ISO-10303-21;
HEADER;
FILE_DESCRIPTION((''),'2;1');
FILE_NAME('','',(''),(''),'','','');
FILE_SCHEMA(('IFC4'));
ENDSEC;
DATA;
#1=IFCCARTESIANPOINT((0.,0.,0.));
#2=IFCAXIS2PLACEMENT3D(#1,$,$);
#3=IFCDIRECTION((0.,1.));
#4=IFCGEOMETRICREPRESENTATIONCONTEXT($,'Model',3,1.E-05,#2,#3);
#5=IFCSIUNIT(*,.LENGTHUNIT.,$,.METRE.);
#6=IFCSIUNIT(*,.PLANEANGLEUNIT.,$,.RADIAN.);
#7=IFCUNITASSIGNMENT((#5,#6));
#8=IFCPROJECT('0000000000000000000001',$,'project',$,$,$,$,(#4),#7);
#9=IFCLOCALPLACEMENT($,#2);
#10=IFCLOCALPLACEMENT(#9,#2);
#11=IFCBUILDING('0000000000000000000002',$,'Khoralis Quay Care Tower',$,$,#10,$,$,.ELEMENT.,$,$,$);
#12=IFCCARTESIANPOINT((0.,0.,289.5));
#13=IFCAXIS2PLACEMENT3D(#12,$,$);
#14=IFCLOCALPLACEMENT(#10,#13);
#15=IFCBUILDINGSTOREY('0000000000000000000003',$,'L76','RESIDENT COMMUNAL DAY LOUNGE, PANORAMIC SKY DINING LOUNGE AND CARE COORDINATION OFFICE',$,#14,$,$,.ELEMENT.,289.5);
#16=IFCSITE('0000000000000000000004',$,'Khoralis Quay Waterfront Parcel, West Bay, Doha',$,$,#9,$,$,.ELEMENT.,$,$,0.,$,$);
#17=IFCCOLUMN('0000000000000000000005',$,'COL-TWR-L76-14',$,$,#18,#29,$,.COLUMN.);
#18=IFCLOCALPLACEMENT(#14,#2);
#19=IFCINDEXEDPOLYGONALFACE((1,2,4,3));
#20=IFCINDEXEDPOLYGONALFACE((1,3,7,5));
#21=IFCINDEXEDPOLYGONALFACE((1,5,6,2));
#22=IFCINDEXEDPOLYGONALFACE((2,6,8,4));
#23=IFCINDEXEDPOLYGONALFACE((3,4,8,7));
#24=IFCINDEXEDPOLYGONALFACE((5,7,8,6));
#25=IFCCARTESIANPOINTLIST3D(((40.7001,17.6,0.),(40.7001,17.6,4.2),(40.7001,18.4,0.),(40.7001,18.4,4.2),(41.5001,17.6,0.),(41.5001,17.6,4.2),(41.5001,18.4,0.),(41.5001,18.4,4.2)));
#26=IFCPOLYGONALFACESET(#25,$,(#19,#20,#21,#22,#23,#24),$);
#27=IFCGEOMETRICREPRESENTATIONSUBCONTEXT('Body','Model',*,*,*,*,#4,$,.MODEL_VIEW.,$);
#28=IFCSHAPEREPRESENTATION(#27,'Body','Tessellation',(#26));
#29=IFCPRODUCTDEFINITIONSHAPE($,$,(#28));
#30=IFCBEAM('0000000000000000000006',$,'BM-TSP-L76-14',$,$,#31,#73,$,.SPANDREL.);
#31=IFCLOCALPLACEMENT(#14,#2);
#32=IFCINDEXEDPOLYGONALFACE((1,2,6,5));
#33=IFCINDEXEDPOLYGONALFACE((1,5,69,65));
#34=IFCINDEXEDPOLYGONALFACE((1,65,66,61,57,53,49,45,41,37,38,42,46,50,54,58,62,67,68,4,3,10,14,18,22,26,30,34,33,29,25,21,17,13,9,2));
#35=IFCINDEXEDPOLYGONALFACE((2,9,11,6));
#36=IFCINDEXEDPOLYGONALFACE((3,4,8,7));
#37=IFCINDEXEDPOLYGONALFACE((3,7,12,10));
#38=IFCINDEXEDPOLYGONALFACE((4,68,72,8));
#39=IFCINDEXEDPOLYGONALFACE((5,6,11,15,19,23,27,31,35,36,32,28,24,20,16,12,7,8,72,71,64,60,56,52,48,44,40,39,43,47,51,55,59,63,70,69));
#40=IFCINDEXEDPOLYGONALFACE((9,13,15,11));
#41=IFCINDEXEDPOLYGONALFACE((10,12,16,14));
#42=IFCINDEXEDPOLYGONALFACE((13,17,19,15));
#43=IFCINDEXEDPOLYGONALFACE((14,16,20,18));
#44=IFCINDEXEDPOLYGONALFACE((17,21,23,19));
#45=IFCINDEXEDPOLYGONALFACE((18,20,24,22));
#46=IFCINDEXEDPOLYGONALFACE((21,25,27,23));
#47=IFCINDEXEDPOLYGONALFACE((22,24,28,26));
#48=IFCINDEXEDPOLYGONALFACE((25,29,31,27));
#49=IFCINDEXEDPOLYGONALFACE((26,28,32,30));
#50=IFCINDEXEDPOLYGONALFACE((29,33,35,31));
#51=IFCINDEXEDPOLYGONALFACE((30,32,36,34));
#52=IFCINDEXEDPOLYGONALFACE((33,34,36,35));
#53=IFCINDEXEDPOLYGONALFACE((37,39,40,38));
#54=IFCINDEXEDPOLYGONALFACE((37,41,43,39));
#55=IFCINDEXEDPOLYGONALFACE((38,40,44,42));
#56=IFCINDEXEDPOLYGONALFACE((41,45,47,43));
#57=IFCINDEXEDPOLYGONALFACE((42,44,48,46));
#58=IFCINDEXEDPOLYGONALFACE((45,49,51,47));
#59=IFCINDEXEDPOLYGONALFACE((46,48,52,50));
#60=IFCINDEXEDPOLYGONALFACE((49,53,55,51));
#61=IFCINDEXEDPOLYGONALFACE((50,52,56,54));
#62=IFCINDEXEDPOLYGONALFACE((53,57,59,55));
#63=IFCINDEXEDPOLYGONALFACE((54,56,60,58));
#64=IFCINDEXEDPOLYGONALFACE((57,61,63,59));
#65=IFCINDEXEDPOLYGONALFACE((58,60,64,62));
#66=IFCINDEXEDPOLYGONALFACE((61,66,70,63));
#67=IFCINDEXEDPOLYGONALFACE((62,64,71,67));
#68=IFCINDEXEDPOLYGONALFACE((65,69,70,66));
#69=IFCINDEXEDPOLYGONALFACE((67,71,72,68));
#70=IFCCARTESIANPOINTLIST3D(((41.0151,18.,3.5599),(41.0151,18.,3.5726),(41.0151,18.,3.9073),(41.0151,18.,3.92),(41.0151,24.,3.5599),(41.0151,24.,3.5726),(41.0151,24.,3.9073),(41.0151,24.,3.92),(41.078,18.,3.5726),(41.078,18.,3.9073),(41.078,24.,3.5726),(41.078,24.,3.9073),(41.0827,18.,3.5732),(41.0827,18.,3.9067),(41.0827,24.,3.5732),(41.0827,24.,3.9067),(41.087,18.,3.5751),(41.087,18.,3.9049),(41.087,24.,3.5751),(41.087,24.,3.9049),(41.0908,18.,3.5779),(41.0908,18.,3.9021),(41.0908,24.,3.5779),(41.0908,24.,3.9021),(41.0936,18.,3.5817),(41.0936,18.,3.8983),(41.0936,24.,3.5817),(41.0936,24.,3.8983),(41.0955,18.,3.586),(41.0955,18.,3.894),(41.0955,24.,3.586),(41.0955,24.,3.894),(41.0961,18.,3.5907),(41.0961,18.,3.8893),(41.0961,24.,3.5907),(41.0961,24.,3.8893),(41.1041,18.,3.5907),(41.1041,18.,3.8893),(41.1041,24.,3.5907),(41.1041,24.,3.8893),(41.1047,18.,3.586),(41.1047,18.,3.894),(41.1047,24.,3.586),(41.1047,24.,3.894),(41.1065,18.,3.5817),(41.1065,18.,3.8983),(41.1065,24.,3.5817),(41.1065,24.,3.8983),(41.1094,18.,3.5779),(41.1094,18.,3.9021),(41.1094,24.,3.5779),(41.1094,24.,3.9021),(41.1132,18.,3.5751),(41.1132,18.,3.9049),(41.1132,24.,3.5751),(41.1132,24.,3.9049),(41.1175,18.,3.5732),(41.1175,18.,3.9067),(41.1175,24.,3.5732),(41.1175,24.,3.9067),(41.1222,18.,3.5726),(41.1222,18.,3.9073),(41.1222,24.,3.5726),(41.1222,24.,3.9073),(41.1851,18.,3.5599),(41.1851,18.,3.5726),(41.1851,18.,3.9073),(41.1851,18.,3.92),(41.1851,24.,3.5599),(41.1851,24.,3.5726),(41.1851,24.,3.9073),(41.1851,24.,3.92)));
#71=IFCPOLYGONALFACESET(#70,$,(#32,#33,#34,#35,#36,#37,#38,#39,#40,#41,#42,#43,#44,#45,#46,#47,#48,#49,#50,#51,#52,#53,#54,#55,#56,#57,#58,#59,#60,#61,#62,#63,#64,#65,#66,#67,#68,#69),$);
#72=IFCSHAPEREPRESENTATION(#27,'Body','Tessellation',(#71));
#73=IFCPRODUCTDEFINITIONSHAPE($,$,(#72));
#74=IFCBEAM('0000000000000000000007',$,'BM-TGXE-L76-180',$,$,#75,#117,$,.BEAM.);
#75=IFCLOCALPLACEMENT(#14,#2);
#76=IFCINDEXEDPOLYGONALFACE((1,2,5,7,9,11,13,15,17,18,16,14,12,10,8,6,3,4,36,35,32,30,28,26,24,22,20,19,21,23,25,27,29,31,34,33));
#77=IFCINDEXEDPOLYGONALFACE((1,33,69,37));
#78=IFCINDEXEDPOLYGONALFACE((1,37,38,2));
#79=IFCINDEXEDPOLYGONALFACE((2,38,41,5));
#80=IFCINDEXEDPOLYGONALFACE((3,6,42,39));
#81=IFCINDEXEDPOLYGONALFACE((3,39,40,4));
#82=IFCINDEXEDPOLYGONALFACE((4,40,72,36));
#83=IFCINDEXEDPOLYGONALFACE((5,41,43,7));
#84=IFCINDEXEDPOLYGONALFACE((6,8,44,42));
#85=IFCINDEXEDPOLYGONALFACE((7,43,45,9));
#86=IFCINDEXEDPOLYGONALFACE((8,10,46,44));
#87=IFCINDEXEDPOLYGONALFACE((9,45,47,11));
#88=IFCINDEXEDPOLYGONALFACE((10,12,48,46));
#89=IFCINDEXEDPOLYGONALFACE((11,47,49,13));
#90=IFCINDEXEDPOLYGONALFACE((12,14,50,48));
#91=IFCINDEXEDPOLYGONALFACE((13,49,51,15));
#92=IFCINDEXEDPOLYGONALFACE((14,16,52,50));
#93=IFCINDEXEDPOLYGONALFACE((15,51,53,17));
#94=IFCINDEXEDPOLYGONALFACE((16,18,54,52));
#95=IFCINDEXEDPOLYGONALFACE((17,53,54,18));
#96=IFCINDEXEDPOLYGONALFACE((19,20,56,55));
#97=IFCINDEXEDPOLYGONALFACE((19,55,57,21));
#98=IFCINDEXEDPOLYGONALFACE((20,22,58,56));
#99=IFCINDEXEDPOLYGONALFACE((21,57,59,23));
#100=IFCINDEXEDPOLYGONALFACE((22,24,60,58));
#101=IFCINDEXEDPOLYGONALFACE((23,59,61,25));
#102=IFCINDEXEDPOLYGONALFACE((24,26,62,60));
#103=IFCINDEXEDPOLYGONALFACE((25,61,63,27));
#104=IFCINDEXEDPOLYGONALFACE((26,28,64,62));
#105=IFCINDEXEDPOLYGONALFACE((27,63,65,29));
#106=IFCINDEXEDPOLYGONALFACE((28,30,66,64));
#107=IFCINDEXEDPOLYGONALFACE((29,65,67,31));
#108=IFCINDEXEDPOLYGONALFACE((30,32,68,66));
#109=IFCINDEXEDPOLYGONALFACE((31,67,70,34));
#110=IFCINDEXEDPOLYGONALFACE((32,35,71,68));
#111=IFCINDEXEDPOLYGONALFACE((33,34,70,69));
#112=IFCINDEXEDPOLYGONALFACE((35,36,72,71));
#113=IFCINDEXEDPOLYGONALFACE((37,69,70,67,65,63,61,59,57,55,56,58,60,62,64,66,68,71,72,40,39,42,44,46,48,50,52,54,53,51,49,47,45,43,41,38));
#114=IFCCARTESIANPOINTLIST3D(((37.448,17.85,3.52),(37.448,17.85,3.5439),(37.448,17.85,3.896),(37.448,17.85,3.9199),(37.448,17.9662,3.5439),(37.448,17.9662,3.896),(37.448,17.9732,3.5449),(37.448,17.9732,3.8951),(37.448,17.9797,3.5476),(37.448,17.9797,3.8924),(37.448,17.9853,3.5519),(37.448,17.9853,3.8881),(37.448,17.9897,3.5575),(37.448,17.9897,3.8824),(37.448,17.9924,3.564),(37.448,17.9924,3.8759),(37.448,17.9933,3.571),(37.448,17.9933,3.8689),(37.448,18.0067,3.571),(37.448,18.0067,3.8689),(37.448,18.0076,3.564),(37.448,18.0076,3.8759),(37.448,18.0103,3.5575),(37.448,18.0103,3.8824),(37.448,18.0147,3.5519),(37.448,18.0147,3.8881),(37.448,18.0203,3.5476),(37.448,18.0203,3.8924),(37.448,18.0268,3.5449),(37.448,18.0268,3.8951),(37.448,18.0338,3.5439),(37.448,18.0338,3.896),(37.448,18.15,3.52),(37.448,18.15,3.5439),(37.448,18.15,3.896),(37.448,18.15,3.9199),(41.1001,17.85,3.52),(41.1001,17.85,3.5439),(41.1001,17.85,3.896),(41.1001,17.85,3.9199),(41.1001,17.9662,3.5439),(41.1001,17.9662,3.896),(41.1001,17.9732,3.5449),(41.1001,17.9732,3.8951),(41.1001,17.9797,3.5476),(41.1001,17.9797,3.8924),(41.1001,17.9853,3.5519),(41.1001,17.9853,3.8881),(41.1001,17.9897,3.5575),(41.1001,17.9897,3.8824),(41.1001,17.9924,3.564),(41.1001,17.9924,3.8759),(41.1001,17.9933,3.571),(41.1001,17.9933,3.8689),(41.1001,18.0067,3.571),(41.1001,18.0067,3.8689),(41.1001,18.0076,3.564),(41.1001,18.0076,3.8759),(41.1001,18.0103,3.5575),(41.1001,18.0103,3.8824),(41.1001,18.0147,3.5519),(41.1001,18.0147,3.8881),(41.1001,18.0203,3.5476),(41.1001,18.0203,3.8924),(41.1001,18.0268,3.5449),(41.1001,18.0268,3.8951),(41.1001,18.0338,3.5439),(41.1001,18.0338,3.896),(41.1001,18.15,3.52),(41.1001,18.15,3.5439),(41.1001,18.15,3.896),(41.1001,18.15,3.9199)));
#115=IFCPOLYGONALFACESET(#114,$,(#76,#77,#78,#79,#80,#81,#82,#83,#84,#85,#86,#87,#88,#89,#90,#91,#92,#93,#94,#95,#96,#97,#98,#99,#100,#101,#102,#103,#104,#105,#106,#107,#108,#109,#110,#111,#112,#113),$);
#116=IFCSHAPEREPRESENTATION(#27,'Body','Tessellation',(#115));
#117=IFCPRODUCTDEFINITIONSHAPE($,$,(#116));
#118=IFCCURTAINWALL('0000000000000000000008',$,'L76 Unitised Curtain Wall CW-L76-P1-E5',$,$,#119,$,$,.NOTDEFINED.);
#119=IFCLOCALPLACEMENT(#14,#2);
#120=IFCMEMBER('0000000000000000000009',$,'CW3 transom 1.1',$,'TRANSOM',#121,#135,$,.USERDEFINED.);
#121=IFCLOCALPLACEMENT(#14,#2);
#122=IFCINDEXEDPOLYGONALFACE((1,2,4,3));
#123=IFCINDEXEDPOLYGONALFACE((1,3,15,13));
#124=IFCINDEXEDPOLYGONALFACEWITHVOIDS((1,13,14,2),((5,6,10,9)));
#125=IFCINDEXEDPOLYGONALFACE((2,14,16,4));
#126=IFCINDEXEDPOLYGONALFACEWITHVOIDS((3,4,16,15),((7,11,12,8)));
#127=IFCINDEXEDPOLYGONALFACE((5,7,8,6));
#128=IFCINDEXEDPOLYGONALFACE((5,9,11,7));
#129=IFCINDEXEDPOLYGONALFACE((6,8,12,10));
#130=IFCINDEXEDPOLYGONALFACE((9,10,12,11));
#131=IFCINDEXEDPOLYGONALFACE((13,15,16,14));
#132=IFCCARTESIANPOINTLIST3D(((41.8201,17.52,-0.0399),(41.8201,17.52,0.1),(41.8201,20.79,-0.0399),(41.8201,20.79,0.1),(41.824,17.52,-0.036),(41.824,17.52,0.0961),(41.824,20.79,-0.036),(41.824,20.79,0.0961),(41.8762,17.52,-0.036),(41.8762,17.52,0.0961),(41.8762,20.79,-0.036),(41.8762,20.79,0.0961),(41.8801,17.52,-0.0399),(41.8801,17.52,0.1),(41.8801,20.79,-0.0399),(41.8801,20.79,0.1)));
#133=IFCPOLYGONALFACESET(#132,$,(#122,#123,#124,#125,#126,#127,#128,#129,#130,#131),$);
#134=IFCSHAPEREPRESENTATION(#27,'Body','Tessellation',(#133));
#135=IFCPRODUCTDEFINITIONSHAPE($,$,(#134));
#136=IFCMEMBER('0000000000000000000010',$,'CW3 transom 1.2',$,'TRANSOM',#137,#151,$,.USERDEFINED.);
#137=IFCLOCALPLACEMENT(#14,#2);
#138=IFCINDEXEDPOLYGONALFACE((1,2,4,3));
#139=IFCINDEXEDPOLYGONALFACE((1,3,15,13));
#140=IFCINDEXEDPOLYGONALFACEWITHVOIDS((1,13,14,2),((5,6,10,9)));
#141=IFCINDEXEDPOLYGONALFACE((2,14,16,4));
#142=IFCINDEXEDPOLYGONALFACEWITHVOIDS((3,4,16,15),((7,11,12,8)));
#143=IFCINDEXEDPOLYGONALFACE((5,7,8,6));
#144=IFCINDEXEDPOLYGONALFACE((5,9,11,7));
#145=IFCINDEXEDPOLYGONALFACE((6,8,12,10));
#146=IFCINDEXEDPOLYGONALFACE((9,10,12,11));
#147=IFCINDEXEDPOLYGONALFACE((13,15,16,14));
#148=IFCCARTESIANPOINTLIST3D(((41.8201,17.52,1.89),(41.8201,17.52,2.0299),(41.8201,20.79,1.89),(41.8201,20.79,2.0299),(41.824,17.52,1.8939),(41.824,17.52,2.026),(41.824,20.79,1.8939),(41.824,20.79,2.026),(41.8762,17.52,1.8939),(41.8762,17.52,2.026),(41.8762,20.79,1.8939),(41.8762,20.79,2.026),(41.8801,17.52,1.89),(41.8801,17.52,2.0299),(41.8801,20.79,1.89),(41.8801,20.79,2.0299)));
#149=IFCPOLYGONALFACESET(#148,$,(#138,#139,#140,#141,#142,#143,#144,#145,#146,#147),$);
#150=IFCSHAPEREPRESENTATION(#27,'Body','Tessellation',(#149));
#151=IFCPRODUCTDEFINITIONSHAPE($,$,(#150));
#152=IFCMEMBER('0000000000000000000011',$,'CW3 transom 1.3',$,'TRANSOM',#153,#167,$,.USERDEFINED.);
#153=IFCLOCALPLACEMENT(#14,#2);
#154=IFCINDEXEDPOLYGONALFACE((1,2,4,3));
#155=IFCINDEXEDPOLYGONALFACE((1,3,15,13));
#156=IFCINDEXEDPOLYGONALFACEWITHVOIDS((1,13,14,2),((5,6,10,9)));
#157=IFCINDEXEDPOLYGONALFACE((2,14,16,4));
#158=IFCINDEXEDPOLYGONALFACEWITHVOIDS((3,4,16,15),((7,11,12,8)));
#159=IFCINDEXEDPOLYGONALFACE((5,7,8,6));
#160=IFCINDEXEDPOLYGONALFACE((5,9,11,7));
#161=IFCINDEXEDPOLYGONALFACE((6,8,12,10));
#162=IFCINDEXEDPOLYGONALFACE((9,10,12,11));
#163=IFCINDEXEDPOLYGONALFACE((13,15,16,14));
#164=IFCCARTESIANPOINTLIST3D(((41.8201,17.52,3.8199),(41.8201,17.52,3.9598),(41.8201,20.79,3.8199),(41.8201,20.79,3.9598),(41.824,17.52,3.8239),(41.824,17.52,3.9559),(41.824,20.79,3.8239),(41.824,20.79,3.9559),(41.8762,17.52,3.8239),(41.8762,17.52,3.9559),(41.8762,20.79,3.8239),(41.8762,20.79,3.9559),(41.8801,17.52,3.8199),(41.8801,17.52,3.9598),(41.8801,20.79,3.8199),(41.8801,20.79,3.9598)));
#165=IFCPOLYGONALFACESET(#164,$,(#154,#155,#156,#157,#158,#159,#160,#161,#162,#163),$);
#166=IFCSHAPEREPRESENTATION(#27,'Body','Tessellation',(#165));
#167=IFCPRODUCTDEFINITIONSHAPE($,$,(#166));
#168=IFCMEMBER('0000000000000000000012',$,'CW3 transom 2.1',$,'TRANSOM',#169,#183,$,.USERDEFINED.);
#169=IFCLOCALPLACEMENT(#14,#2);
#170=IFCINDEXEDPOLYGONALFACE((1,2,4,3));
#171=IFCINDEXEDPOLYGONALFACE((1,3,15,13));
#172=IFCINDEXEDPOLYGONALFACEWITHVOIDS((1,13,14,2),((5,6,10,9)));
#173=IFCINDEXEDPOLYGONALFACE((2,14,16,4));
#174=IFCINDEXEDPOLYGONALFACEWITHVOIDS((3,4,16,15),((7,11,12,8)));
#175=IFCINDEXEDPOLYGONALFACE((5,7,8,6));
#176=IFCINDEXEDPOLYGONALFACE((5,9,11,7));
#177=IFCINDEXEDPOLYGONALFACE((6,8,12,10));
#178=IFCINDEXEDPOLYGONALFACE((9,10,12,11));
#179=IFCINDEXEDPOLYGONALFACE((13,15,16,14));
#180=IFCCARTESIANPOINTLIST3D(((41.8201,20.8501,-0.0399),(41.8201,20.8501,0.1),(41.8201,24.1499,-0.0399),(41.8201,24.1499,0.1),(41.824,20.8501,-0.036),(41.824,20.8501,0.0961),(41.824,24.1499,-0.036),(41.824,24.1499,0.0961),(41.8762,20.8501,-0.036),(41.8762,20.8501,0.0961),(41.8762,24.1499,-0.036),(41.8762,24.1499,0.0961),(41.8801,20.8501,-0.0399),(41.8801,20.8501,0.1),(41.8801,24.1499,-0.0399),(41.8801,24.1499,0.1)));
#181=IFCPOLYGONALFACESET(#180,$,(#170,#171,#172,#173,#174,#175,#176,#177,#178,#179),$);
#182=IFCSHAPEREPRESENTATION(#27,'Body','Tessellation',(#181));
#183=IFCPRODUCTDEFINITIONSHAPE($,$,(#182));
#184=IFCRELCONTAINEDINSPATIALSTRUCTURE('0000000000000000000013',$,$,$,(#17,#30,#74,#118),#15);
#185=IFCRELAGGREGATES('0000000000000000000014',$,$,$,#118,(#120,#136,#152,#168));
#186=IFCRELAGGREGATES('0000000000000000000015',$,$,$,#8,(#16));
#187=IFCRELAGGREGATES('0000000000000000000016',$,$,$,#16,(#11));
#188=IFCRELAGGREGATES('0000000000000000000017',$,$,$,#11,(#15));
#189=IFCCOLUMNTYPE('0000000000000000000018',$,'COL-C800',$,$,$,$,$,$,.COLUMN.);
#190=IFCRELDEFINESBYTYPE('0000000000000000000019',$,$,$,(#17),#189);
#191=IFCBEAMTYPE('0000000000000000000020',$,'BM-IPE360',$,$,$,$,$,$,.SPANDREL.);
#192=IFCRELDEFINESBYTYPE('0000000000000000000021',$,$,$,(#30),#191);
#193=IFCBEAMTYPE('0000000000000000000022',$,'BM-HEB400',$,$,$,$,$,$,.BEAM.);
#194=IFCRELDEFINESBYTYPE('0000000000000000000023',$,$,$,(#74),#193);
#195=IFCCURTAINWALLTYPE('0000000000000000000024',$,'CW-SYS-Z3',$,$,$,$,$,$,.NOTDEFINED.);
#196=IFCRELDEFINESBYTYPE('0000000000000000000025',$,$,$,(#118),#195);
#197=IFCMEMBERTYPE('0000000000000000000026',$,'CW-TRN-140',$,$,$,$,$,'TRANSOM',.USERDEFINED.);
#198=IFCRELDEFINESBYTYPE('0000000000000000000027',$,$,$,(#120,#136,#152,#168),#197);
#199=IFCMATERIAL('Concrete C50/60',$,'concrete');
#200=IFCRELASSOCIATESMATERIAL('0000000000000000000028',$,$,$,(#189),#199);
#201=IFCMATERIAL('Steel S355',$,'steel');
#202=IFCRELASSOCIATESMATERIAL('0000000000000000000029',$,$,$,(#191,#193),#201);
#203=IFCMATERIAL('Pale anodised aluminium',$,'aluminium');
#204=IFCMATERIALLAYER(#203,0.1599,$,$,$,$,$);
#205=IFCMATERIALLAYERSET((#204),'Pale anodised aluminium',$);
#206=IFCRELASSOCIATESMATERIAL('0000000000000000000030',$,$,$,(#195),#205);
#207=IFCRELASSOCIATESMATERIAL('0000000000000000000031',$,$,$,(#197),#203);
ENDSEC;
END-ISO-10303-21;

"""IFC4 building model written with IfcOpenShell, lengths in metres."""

from ifc_helpers import new_model, si_unit, direction, frame, origin, origin_2d, place, context, subcontext, project, spatial, rectangle, hollow_rectangle, i_section, extrude, source, transform, mapped, material, layer, layer_set, material_profile, profile_set, type_object, element, aggregate, save


model = new_model("IFC4")

# Units and contexts
model_context = context("Model", 3, precision=1e-05, world=origin(), true_north=direction((0.0, 1.0)))
body_context = subcontext(model_context, "Body", "Model", "MODEL_VIEW")
ifc_project = project(units=[si_unit("LENGTHUNIT", "METRE"), si_unit("PLANEANGLEUNIT", "RADIAN")], contexts=[model_context])

# Site, building, storey
site_placement = place(None, origin())
site = spatial("IfcSite", under=ifc_project, at=site_placement, Name="Khoralis Quay Waterfront Parcel, West Bay, Doha", CompositionType="ELEMENT", RefElevation=0.0)
building_placement = place(site_placement, origin())
building = spatial("IfcBuilding", under=site, at=building_placement, Name="Khoralis Quay Care Tower", CompositionType="ELEMENT")
storey_placement = place(building_placement, frame((0.0, 0.0, 289.5)))
storey = spatial("IfcBuildingStorey", under=building, at=storey_placement, Name="L76", Description="RESIDENT COMMUNAL DAY LOUNGE, PANORAMIC SKY DINING LOUNGE AND CARE COORDINATION OFFICE", CompositionType="ELEMENT", Elevation=289.5)

# Column
ifc_material_1 = material(Name="Concrete C50/60", Category="concrete")
ifc_material_profile_1 = material_profile(ifc_material_1, rectangle(XDim=0.8, YDim=0.8, at=origin_2d()), Name="Concrete C50/60")
ifc_profile_set_1 = profile_set([ifc_material_profile_1], Name="Concrete C50/60")
column_type = type_object("IfcColumnType", Name="COL-C800", PredefinedType="COLUMN", material=ifc_profile_set_1)
shared_shape_1 = source(origin(), body_context, "Body", "SweptSolid", [
    extrude(rectangle(XDim=0.8, YDim=0.8, at=origin_2d()), origin(), (0.0, 0.0, 1.0), 4.2),
])
column_placement = place(storey_placement, frame((41.1001, 18.0, 0.0), z_axis=(0.0, 0.0, 1.0), x_axis=(1.0, 0.0, 0.0)))
element("IfcColumn", 1, at=column_placement, inside=storey, type_object=column_type, Name="COL-TWR-L76-14", PredefinedType="COLUMN", context=body_context, shape_type="MappedRepresentation", body=[
    mapped(shared_shape_1, transform((0.0, 0.0, 0.0), scale=1.0)),
])

# Beams
ifc_material_2 = material(Name="Steel S355", Category="steel")
ifc_material_profile_2 = material_profile(ifc_material_2, i_section(OverallWidth=0.1699, OverallDepth=0.3601, WebThickness=0.0081, FlangeThickness=0.0127, FilletRadius=0.0181, at=origin_2d()), Name="Steel S355")
ifc_profile_set_2 = profile_set([ifc_material_profile_2], Name="Steel S355")
beam_type_1 = type_object("IfcBeamType", Name="BM-IPE360", PredefinedType="SPANDREL", material=ifc_profile_set_2)
shared_shape_2 = source(origin(), body_context, "Body", "SweptSolid", [
    extrude(i_section(OverallWidth=0.1699, OverallDepth=0.3601, WebThickness=0.0081, FlangeThickness=0.0127, FilletRadius=0.0181, at=origin_2d()), origin(), (0.0, 0.0, 1.0), 6.0),
])
beam_1_placement = place(storey_placement, frame((41.1001, 18.0, 3.74), z_axis=(0.0, 1.0, 0.0), x_axis=(-1.0, 0.0, 0.0)))
element("IfcBeam", 2, at=beam_1_placement, inside=storey, type_object=beam_type_1, Name="BM-TSP-L76-14", PredefinedType="SPANDREL", context=body_context, shape_type="MappedRepresentation", body=[
    mapped(shared_shape_2, transform((0.0, 0.0, 0.0), scale=1.0)),
])
ifc_material_profile_3 = material_profile(ifc_material_2, i_section(OverallWidth=0.3, OverallDepth=0.3999, WebThickness=0.0134, FlangeThickness=0.0239, FilletRadius=0.0271, at=origin_2d()), Name="Steel S355")
ifc_profile_set_3 = profile_set([ifc_material_profile_3], Name="Steel S355")
beam_type_2 = type_object("IfcBeamType", Name="BM-HEB400", PredefinedType="BEAM", material=ifc_profile_set_3)
shared_shape_3 = source(origin(), body_context, "Body", "SweptSolid", [
    extrude(i_section(OverallWidth=0.3, OverallDepth=0.3999, WebThickness=0.0134, FlangeThickness=0.0239, FilletRadius=0.0271, at=origin_2d()), origin(), (0.0, 0.0, 1.0), 3.6521),
])
beam_2_placement = place(storey_placement, frame((37.448, 18.0, 3.72), z_axis=(1.0, 0.0, 0.0), x_axis=(0.0, 1.0, 0.0)))
element("IfcBeam", 3, at=beam_2_placement, inside=storey, type_object=beam_type_2, Name="BM-TGXE-L76-180", PredefinedType="BEAM", context=body_context, shape_type="MappedRepresentation", body=[
    mapped(shared_shape_3, transform((0.0, 0.0, 0.0), scale=1.0)),
])

# Curtain wall, members
ifc_material_3 = material(Name="Pale anodised aluminium", Category="aluminium")
ifc_layer_1 = layer(ifc_material_3, 0.1599)
ifc_layer_set_1 = layer_set([ifc_layer_1], Name="Pale anodised aluminium")
curtain_wall_type = type_object("IfcCurtainWallType", Name="CW-SYS-Z3", PredefinedType="NOTDEFINED", material=ifc_layer_set_1)
curtain_wall_placement = place(storey_placement, origin())
curtain_wall = element("IfcCurtainWall", 4, at=curtain_wall_placement, inside=storey, type_object=curtain_wall_type, Name="L76 Unitised Curtain Wall CW-L76-P1-E5", PredefinedType="NOTDEFINED")
ifc_material_profile_4 = material_profile(ifc_material_3, hollow_rectangle(XDim=0.0601, YDim=0.1399, WallThickness=0.0039, at=origin_2d()), Name="Pale anodised aluminium")
ifc_profile_set_4 = profile_set([ifc_material_profile_4], Name="Pale anodised aluminium")
member_type_1 = type_object("IfcMemberType", Name="CW-TRN-140", ElementType="TRANSOM", PredefinedType="USERDEFINED", material=ifc_profile_set_4)
shared_shape_4 = source(origin(), body_context, "Body", "SweptSolid", [
    extrude(hollow_rectangle(XDim=0.0601, YDim=0.1399, WallThickness=0.0039, at=origin_2d()), origin(), (0.0, 0.0, 1.0), 3.27),
])
member_1_placement = place(storey_placement, frame((41.8501, 17.52, 0.03), z_axis=(0.0, 1.0, 0.0), x_axis=(-1.0, 0.0, 0.0)))
member_1 = element("IfcMember", 5, at=member_1_placement, type_object=member_type_1, Name="CW3 transom 1.1", ObjectType="TRANSOM", PredefinedType="USERDEFINED", context=body_context, shape_type="MappedRepresentation", body=[
    mapped(shared_shape_4, transform((0.0, 0.0, 0.0), scale=1.0)),
])
member_2_placement = place(storey_placement, frame((41.8501, 17.52, 1.96), z_axis=(0.0, 1.0, 0.0), x_axis=(-1.0, 0.0, 0.0)))
member_2 = element("IfcMember", 6, at=member_2_placement, type_object=member_type_1, Name="CW3 transom 1.2", ObjectType="TRANSOM", PredefinedType="USERDEFINED", context=body_context, shape_type="MappedRepresentation", body=[
    mapped(shared_shape_4, transform((0.0, 0.0, 0.0), scale=1.0)),
])
member_3_placement = place(storey_placement, frame((41.8501, 17.52, 3.8899), z_axis=(0.0, 1.0, 0.0), x_axis=(-1.0, 0.0, 0.0)))
member_3 = element("IfcMember", 7, at=member_3_placement, type_object=member_type_1, Name="CW3 transom 1.3", ObjectType="TRANSOM", PredefinedType="USERDEFINED", context=body_context, shape_type="MappedRepresentation", body=[
    mapped(shared_shape_4, transform((0.0, 0.0, 0.0), scale=1.0)),
])
shared_shape_5 = source(origin(), body_context, "Body", "SweptSolid", [
    extrude(hollow_rectangle(XDim=0.0601, YDim=0.1399, WallThickness=0.0039, at=origin_2d()), origin(), (0.0, 0.0, 1.0), 3.2998),
])
member_4_placement = place(storey_placement, frame((41.8501, 20.8501, 0.03), z_axis=(0.0, 1.0, 0.0), x_axis=(-1.0, 0.0, 0.0)))
member_4 = element("IfcMember", 8, at=member_4_placement, type_object=member_type_1, Name="CW3 transom 2.1", ObjectType="TRANSOM", PredefinedType="USERDEFINED", context=body_context, shape_type="MappedRepresentation", body=[
    mapped(shared_shape_5, transform((0.0, 0.0, 0.0), scale=1.0)),
])
aggregate(curtain_wall, [member_1, member_2, member_3, member_4])

save(model, "model.ifc")
